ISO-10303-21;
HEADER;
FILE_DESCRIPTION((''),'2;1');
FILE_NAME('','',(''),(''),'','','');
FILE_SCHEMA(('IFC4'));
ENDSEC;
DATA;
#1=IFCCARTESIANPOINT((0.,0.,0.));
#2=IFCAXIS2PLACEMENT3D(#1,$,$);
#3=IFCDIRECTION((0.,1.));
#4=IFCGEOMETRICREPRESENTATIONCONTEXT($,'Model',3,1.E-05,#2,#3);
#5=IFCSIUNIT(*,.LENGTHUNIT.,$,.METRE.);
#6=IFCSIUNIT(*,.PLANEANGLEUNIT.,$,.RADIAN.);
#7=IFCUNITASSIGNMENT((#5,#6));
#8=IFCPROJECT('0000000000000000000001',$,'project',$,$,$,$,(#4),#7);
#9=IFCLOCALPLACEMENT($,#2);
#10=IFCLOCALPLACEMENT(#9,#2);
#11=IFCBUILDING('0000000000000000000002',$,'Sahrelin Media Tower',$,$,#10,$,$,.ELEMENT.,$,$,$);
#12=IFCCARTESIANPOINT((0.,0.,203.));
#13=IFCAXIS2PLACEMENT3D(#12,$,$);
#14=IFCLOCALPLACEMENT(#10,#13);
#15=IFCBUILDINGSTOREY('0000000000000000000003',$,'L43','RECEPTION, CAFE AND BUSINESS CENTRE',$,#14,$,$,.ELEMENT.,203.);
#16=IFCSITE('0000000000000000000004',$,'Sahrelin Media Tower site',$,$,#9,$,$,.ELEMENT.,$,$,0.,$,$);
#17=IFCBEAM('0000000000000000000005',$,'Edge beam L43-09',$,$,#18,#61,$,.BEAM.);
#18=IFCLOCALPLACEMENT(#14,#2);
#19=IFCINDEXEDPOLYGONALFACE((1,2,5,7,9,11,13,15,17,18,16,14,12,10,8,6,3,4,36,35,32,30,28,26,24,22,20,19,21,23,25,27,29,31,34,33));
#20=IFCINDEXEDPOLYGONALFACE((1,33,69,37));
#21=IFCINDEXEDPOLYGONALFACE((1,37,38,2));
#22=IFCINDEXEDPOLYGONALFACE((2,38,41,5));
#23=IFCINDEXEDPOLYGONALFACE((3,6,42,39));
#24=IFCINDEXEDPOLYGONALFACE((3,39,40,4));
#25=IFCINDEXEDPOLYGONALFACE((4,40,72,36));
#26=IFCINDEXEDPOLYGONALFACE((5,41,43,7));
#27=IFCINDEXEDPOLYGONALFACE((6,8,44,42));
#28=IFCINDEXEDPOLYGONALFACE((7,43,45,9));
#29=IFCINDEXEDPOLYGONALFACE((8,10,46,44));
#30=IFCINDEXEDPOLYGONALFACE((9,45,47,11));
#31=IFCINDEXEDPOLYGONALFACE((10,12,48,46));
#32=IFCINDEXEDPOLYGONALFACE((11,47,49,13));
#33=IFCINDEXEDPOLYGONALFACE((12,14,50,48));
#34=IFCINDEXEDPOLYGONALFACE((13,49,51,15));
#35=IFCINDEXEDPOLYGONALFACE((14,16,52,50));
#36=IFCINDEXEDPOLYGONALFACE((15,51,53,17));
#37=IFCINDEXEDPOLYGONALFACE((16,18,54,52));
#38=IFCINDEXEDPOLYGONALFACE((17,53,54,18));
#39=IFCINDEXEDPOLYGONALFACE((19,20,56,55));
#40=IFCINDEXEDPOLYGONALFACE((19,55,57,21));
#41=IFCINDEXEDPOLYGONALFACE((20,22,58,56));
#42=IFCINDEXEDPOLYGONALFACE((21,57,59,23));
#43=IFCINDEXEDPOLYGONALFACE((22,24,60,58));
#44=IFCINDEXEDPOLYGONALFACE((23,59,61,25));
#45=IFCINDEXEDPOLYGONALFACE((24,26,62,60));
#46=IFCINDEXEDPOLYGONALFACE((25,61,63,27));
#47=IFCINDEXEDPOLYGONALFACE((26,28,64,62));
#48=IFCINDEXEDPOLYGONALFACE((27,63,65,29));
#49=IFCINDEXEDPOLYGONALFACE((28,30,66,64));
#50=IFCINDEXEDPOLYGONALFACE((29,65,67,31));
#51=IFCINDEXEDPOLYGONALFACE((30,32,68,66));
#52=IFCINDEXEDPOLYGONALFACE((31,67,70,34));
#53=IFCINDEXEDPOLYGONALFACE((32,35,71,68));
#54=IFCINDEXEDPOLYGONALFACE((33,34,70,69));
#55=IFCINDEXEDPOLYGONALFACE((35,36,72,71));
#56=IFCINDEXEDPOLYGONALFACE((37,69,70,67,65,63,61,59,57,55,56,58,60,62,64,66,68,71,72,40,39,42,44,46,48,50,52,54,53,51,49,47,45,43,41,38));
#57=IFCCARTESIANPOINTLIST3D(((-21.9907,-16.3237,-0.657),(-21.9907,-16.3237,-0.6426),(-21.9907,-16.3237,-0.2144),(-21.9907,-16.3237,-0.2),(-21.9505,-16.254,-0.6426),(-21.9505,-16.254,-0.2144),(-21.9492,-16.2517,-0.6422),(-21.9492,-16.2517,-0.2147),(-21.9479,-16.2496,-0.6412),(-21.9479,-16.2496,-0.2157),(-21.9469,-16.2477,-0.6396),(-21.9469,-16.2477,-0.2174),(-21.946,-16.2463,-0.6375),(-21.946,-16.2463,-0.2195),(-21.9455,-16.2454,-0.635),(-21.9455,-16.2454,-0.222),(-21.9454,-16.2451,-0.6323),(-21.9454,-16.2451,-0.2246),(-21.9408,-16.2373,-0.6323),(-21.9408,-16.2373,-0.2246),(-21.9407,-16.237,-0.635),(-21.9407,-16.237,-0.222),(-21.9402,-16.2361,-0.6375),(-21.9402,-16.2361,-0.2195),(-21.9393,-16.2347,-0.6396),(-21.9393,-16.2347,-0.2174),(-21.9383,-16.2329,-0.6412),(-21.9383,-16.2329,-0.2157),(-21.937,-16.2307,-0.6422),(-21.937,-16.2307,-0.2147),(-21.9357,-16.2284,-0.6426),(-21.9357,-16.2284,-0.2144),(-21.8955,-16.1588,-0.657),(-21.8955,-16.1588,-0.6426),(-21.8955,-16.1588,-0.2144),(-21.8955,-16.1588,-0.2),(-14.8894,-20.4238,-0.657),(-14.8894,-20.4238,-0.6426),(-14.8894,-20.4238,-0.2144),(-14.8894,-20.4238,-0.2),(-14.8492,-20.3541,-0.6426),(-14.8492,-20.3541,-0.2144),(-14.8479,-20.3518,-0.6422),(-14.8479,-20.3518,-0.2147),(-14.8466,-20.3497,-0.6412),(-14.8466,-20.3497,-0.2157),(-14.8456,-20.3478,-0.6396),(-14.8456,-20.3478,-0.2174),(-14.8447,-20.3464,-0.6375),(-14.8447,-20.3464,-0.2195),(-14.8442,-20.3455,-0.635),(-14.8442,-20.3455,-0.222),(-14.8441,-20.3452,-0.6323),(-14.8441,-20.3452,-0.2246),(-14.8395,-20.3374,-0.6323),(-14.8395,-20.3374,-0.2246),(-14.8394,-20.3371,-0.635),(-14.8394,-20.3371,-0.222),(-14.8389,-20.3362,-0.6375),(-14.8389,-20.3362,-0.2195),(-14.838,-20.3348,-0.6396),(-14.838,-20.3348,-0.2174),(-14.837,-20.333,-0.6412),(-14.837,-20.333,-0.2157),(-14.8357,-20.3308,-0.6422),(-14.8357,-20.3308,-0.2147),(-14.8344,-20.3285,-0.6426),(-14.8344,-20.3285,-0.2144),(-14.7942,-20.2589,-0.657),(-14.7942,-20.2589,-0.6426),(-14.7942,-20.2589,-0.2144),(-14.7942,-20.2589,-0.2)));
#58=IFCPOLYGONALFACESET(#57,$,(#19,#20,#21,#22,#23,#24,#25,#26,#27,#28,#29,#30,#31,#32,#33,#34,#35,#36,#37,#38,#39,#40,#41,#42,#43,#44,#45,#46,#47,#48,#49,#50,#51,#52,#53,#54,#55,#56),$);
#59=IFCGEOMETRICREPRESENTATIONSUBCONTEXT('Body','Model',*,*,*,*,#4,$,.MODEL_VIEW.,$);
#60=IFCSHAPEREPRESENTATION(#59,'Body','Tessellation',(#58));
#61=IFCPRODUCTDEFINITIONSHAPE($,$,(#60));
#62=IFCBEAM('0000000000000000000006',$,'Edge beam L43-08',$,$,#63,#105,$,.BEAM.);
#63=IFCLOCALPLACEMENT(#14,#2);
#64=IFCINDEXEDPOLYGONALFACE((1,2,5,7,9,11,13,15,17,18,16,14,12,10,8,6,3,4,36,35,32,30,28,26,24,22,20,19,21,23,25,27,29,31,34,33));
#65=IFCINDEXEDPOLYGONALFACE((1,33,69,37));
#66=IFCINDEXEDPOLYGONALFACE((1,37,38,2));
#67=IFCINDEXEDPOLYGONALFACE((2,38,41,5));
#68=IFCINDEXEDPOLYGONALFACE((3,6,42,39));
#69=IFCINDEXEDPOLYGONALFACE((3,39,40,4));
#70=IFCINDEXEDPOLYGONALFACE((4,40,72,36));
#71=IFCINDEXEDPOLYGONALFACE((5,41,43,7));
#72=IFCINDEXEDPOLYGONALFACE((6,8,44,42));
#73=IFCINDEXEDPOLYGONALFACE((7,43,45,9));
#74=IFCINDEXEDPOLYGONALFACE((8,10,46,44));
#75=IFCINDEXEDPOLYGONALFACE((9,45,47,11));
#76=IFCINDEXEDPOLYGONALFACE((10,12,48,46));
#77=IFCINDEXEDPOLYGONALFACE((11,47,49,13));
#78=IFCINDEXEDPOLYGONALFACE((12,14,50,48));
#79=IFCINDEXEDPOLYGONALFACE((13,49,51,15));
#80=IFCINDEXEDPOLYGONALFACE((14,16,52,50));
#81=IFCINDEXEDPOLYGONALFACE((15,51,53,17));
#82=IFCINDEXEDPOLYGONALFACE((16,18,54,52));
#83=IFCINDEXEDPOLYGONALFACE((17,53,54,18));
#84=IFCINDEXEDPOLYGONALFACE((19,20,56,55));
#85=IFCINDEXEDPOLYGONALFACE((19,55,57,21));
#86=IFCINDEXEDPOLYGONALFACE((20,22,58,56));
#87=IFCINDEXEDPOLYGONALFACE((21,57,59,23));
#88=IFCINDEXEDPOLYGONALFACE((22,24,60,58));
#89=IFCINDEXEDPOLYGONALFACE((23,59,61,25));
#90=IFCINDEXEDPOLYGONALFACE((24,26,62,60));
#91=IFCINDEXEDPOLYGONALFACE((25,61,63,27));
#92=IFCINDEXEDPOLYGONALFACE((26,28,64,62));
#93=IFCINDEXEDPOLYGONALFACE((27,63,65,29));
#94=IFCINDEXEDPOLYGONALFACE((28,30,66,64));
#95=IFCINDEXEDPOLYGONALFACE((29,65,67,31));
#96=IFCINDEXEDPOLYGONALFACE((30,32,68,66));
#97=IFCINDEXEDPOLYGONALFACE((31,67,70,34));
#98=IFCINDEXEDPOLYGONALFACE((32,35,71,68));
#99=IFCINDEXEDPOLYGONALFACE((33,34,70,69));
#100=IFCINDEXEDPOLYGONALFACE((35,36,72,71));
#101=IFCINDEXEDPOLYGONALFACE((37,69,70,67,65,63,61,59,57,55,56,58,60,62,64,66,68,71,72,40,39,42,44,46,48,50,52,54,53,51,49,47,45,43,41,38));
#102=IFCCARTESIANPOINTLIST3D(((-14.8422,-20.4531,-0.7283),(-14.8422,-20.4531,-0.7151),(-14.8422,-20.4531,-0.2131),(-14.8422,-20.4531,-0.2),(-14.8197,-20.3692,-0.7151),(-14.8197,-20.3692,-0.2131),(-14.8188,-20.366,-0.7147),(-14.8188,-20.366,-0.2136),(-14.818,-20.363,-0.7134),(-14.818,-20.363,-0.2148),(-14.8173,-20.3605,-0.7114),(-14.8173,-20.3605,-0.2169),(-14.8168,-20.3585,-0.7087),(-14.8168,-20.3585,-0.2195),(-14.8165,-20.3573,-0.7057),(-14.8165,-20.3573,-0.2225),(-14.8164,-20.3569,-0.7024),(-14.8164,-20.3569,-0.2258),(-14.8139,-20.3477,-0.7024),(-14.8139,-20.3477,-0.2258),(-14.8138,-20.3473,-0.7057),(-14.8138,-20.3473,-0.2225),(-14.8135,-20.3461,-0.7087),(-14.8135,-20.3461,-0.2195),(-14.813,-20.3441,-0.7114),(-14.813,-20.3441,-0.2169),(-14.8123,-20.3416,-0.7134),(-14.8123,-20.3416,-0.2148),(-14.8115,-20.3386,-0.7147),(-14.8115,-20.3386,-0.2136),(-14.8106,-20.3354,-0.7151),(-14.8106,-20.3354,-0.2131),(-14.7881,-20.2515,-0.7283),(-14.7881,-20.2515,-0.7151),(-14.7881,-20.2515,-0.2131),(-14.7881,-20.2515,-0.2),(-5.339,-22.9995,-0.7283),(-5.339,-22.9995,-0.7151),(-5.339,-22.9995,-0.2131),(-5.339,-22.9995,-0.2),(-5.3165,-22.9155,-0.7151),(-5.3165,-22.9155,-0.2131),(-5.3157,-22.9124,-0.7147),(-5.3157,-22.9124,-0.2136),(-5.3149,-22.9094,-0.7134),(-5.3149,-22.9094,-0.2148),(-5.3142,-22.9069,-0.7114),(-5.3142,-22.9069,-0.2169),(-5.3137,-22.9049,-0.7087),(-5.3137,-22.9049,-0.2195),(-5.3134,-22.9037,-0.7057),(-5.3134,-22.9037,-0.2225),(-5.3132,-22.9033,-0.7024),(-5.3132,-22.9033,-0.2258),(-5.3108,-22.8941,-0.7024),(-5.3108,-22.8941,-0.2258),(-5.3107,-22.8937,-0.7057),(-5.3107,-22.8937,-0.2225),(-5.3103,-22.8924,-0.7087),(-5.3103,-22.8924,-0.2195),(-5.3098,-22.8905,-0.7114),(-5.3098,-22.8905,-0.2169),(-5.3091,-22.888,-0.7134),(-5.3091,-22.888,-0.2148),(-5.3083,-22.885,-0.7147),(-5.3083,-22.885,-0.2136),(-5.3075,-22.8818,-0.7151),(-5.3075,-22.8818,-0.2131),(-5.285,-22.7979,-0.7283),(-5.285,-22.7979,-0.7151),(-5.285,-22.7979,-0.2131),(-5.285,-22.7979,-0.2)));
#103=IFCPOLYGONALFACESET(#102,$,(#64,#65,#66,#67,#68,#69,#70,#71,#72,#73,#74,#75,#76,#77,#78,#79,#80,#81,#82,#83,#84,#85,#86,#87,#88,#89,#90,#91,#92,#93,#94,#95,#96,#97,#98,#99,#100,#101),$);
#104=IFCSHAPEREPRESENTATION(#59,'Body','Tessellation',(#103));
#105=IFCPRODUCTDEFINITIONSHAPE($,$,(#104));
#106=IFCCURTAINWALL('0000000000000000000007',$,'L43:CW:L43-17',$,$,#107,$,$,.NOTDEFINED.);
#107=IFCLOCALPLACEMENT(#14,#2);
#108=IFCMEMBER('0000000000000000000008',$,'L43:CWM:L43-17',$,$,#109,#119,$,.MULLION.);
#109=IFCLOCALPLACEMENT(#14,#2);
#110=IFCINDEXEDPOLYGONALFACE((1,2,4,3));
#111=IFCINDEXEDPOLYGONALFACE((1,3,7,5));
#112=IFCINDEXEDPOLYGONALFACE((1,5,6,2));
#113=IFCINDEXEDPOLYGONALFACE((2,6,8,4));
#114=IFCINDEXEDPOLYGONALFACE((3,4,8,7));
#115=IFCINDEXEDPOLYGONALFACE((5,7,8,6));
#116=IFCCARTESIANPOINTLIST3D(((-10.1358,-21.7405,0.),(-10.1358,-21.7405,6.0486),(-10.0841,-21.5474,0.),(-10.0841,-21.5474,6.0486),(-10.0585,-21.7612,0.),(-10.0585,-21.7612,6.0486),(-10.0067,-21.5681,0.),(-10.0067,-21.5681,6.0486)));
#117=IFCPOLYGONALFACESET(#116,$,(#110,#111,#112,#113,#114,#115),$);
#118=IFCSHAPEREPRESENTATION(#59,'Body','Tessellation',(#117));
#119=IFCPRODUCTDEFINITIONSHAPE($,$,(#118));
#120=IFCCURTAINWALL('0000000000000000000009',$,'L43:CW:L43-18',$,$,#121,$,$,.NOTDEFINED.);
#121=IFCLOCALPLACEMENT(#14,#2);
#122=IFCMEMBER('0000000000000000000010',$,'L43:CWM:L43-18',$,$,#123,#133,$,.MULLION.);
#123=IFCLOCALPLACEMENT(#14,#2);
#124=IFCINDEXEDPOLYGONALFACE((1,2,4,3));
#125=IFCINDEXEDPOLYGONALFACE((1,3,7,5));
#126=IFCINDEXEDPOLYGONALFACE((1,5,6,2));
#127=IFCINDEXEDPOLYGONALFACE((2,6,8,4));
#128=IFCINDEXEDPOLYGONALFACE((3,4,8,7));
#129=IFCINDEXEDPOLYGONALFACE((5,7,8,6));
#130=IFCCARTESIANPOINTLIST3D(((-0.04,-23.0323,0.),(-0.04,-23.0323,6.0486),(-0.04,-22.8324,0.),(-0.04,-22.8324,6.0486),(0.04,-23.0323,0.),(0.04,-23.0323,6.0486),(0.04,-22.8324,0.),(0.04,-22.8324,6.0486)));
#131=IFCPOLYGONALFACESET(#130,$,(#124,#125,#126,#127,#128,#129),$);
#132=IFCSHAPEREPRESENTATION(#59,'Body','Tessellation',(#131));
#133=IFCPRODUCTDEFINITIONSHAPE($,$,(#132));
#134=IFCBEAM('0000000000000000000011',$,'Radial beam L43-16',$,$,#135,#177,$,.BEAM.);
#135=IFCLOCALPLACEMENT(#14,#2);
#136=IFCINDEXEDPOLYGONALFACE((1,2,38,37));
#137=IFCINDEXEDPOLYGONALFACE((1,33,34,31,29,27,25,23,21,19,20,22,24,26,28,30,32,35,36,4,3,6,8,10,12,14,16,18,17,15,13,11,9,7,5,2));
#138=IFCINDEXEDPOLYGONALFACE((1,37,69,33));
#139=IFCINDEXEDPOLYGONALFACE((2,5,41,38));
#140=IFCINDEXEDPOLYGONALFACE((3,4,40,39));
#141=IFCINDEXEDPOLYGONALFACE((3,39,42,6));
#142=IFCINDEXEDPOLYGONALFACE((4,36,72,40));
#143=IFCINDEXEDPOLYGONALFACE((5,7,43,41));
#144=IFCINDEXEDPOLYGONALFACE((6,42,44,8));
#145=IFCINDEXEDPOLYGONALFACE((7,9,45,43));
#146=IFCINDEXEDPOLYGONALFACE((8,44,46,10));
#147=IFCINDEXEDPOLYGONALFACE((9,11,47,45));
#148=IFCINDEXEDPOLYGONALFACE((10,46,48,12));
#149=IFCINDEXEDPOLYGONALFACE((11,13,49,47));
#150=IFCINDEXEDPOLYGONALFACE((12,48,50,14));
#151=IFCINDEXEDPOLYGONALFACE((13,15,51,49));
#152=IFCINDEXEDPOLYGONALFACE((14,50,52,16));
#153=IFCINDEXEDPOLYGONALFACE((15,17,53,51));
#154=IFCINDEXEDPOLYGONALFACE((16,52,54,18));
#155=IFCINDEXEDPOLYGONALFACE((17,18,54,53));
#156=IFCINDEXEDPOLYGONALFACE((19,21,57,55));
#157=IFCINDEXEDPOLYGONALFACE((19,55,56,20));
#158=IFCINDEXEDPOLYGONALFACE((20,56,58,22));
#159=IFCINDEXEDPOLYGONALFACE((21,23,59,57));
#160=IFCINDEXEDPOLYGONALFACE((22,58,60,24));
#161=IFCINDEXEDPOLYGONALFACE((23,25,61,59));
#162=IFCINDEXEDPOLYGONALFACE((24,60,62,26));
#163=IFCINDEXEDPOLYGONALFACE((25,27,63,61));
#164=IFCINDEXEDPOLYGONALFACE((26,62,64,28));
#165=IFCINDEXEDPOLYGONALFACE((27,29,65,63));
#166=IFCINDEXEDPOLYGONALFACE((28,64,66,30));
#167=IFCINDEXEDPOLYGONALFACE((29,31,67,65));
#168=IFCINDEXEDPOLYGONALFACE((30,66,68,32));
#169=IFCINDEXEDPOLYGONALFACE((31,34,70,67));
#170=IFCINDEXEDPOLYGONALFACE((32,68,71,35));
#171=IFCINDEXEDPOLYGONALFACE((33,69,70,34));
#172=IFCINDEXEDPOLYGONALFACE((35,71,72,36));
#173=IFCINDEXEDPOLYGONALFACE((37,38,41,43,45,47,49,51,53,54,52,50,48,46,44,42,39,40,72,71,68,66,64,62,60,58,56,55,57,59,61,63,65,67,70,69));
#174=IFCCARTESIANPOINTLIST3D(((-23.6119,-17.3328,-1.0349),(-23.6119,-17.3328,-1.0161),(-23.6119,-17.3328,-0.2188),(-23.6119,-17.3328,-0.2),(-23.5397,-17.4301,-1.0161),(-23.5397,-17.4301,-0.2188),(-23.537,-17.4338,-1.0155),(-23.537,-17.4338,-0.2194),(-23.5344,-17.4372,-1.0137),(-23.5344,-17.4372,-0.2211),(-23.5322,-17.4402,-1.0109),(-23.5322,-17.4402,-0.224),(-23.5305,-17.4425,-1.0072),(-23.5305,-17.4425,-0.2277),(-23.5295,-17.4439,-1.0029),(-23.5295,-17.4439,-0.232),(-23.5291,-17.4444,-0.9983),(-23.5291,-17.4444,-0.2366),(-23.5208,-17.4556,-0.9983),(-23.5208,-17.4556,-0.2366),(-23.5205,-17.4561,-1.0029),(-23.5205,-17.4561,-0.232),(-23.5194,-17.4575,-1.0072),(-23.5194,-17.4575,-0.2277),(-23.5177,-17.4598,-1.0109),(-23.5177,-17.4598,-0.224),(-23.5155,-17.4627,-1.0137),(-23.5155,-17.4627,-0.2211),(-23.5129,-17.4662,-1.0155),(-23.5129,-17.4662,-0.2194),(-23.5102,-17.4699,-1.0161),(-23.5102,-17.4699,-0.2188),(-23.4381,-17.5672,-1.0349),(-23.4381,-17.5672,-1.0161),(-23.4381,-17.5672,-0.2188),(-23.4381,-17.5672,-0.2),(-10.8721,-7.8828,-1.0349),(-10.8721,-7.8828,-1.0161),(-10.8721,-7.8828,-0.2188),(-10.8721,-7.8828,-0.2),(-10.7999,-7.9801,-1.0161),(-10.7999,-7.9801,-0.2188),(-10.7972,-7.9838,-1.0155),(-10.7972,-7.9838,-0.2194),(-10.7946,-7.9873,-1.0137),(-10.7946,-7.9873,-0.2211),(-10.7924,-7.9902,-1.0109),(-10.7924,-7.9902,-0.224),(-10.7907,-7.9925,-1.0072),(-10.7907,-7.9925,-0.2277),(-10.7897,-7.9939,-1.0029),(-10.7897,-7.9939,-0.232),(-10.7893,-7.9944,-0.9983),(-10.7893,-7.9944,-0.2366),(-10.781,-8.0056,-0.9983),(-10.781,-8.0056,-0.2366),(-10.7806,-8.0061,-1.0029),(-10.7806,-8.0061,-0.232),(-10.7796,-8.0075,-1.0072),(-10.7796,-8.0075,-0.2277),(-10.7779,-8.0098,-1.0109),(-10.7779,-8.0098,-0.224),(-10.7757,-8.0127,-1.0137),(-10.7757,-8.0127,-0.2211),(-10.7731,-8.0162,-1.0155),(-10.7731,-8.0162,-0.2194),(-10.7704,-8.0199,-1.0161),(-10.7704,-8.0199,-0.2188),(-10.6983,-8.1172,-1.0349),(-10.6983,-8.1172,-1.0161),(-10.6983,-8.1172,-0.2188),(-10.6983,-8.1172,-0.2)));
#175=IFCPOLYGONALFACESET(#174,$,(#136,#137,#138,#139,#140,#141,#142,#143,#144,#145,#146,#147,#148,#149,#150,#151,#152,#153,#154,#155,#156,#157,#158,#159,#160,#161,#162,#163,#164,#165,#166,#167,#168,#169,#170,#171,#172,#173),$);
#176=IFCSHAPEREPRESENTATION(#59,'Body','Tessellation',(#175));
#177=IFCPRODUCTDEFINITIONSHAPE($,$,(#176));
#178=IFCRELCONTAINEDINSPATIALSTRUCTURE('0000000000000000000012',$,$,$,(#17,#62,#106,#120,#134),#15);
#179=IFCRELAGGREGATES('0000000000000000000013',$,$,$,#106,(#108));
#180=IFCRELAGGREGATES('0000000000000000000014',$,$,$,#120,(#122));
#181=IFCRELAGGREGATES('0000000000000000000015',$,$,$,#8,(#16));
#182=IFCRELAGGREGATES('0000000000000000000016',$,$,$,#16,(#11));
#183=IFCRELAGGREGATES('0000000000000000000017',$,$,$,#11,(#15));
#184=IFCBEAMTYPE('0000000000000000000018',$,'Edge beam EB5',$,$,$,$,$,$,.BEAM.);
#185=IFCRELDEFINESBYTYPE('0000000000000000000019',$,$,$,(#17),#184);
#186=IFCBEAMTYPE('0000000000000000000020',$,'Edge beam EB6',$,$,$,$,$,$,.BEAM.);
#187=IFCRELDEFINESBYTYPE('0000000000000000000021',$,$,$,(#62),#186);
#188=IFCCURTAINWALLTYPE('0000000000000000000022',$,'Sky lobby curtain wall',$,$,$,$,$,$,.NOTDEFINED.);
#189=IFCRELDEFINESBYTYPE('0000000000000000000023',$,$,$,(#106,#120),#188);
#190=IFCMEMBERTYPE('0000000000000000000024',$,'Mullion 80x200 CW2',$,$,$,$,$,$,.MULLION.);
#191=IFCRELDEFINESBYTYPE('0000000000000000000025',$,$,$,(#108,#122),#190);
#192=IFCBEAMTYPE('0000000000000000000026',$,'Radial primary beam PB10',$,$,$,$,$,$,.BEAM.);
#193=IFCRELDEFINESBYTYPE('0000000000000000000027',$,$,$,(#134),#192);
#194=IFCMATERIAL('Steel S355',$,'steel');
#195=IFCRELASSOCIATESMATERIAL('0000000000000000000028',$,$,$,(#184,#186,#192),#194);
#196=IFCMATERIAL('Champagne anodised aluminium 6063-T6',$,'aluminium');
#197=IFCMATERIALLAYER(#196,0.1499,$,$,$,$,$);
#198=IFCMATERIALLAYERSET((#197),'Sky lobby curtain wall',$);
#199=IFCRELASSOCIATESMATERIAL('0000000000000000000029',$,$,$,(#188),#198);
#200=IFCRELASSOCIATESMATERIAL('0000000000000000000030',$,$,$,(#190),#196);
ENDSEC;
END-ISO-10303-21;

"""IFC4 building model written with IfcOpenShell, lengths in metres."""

from ifc_helpers import new_model, si_unit, direction, frame, origin, origin_2d, place, context, subcontext, project, spatial, rectangle, i_section, extrude, material, layer, layer_set, material_profile, profile_set, type_object, element, aggregate, save


model = new_model("IFC4")

# Units and contexts
model_context = context("Model", 3, precision=1e-05, world=origin(), true_north=direction((0.0, 1.0)))
body_context = subcontext(model_context, "Body", "Model", "MODEL_VIEW")
ifc_project = project(units=[si_unit("LENGTHUNIT", "METRE"), si_unit("PLANEANGLEUNIT", "RADIAN")], contexts=[model_context])

# Site, building, storey
site_placement = place(None, origin())
site = spatial("IfcSite", under=ifc_project, at=site_placement, Name="Sahrelin Media Tower site", CompositionType="ELEMENT", RefElevation=0.0)
building_placement = place(site_placement, origin())
building = spatial("IfcBuilding", under=site, at=building_placement, Name="Sahrelin Media Tower", CompositionType="ELEMENT")
storey_placement = place(building_placement, frame((0.0, 0.0, 203.0)))
storey = spatial("IfcBuildingStorey", under=building, at=storey_placement, Name="L43", Description="RECEPTION, CAFE AND BUSINESS CENTRE", CompositionType="ELEMENT", Elevation=203.0)

# Beams
ifc_material_1 = material(Name="Steel S355", Category="steel")
ifc_material_profile_1 = material_profile(ifc_material_1, i_section(OverallWidth=0.1904, OverallDepth=0.457, WebThickness=0.009, FlangeThickness=0.0144, FilletRadius=0.0103, at=origin_2d()), Name="UB 457x191x74")
ifc_profile_set_1 = profile_set([ifc_material_profile_1], Name="Steel S355")
beam_type_1 = type_object("IfcBeamType", Name="Edge beam EB5", PredefinedType="BEAM", material=ifc_profile_set_1)
beam_1_placement = place(storey_placement, frame((-14.8418, -20.3413, -0.4285), z_axis=(-0.866018, 0.500014, 0.0), x_axis=(-0.500014, -0.866018, 0.0)))
element("IfcBeam", 1, at=beam_1_placement, inside=storey, type_object=beam_type_1, Name="Edge beam L43-09", PredefinedType="BEAM", context=body_context, shape_type="SweptSolid", body=[
    extrude(i_section(OverallWidth=0.1904, OverallDepth=0.457, WebThickness=0.009, FlangeThickness=0.0144, FilletRadius=0.0103, at=origin_2d()), origin(), (0.0, 0.0, 1.0), 8.2),
])
ifc_material_profile_2 = material_profile(ifc_material_1, i_section(OverallWidth=0.2087, OverallDepth=0.5283, WebThickness=0.0095, FlangeThickness=0.0132, FilletRadius=0.0127, at=origin_2d()), Name="UB 533x210x82")
ifc_profile_set_2 = profile_set([ifc_material_profile_2], Name="Steel S355")
beam_type_2 = type_object("IfcBeamType", Name="Edge beam EB6", PredefinedType="BEAM", material=ifc_profile_set_2)
beam_2_placement = place(storey_placement, frame((-5.312, -22.8987, -0.4641), z_axis=(-0.965925, 0.258821, 0.0), x_axis=(-0.258821, -0.965925, 0.0)))
element("IfcBeam", 2, at=beam_2_placement, inside=storey, type_object=beam_type_2, Name="Edge beam L43-08", PredefinedType="BEAM", context=body_context, shape_type="SweptSolid", body=[
    extrude(i_section(OverallWidth=0.2087, OverallDepth=0.5283, WebThickness=0.0095, FlangeThickness=0.0132, FilletRadius=0.0127, at=origin_2d()), origin(), (0.0, 0.0, 1.0), 9.8384),
])

# Curtain walls, members
ifc_material_2 = material(Name="Champagne anodised aluminium 6063-T6", Category="aluminium")
ifc_layer_1 = layer(ifc_material_2, 0.1499)
ifc_layer_set_1 = layer_set([ifc_layer_1], Name="Sky lobby curtain wall")
curtain_wall_type = type_object("IfcCurtainWallType", Name="Sky lobby curtain wall", PredefinedType="NOTDEFINED", material=ifc_layer_set_1)
curtain_wall_1_placement = place(storey_placement, frame((-10.1023, -21.7703, 0.0), z_axis=(0.0, 0.0, 1.0), x_axis=(1.0, 0.0, 0.0)))
curtain_wall_1 = element("IfcCurtainWall", 3, at=curtain_wall_1_placement, inside=storey, type_object=curtain_wall_type, Name="L43:CW:L43-17", PredefinedType="NOTDEFINED")
ifc_material_profile_3 = material_profile(ifc_material_2, rectangle(XDim=0.0801, YDim=0.2, at=origin_2d()), Name="Mullion 80x200")
ifc_profile_set_3 = profile_set([ifc_material_profile_3], Name="Champagne anodised aluminium 6063-T6")
member_type_1 = type_object("IfcMemberType", Name="Mullion 80x200 CW2", PredefinedType="MULLION", material=ifc_profile_set_3)
member_1_placement = place(storey_placement, frame((-10.0713, -21.6543, 0.0), z_axis=(0.0, 0.0, 1.0), x_axis=(0.965925, -0.258822, 0.0)))
member_1 = element("IfcMember", 4, at=member_1_placement, type_object=member_type_1, Name="L43:CWM:L43-17", PredefinedType="MULLION", context=body_context, shape_type="SweptSolid", body=[
    extrude(rectangle(XDim=0.0801, YDim=0.2, at=origin_2d()), origin(), (0.0, 0.0, 1.0), 6.0486),
])
curtain_wall_2_placement = place(storey_placement, frame((0.0, -23.0525, 0.0), z_axis=(0.0, 0.0, 1.0), x_axis=(1.0, 0.0, 0.0)))
curtain_wall_2 = element("IfcCurtainWall", 5, at=curtain_wall_2_placement, inside=storey, type_object=curtain_wall_type, Name="L43:CW:L43-18", PredefinedType="NOTDEFINED")
member_2_placement = place(storey_placement, frame((0.0, -22.9324, 0.0), z_axis=(0.0, 0.0, 1.0), x_axis=(1.0, 0.0, 0.0)))
member_2 = element("IfcMember", 6, at=member_2_placement, type_object=member_type_1, Name="L43:CWM:L43-18", PredefinedType="MULLION", context=body_context, shape_type="SweptSolid", body=[
    extrude(rectangle(XDim=0.0801, YDim=0.2, at=origin_2d()), origin(), (0.0, 0.0, 1.0), 6.0486),
])

# Beam
ifc_material_profile_4 = material_profile(ifc_material_1, i_section(OverallWidth=0.2917, OverallDepth=0.835, WebThickness=0.0139, FlangeThickness=0.0188, FilletRadius=0.0178, at=origin_2d()), Name="UB 838x292x176")
ifc_profile_set_4 = profile_set([ifc_material_profile_4], Name="Steel S355")
beam_type_3 = type_object("IfcBeamType", Name="Radial primary beam PB10", PredefinedType="BEAM", material=ifc_profile_set_4)
beam_3_placement = place(storey_placement, frame((-10.7852, -8.0, -0.6174), z_axis=(-0.803162, -0.595761, 0.0), x_axis=(0.595761, -0.803162, 0.0)))
element("IfcBeam", 7, at=beam_3_placement, inside=storey, type_object=beam_type_3, Name="Radial beam L43-16", PredefinedType="BEAM", context=body_context, shape_type="SweptSolid", body=[
    extrude(i_section(OverallWidth=0.2917, OverallDepth=0.835, WebThickness=0.0139, FlangeThickness=0.0188, FilletRadius=0.0178, at=origin_2d()), origin(), (0.0, 0.0, 1.0), 15.8621),
])

aggregate(curtain_wall_1, [member_1])
aggregate(curtain_wall_2, [member_2])

save(model, "model.ifc")
